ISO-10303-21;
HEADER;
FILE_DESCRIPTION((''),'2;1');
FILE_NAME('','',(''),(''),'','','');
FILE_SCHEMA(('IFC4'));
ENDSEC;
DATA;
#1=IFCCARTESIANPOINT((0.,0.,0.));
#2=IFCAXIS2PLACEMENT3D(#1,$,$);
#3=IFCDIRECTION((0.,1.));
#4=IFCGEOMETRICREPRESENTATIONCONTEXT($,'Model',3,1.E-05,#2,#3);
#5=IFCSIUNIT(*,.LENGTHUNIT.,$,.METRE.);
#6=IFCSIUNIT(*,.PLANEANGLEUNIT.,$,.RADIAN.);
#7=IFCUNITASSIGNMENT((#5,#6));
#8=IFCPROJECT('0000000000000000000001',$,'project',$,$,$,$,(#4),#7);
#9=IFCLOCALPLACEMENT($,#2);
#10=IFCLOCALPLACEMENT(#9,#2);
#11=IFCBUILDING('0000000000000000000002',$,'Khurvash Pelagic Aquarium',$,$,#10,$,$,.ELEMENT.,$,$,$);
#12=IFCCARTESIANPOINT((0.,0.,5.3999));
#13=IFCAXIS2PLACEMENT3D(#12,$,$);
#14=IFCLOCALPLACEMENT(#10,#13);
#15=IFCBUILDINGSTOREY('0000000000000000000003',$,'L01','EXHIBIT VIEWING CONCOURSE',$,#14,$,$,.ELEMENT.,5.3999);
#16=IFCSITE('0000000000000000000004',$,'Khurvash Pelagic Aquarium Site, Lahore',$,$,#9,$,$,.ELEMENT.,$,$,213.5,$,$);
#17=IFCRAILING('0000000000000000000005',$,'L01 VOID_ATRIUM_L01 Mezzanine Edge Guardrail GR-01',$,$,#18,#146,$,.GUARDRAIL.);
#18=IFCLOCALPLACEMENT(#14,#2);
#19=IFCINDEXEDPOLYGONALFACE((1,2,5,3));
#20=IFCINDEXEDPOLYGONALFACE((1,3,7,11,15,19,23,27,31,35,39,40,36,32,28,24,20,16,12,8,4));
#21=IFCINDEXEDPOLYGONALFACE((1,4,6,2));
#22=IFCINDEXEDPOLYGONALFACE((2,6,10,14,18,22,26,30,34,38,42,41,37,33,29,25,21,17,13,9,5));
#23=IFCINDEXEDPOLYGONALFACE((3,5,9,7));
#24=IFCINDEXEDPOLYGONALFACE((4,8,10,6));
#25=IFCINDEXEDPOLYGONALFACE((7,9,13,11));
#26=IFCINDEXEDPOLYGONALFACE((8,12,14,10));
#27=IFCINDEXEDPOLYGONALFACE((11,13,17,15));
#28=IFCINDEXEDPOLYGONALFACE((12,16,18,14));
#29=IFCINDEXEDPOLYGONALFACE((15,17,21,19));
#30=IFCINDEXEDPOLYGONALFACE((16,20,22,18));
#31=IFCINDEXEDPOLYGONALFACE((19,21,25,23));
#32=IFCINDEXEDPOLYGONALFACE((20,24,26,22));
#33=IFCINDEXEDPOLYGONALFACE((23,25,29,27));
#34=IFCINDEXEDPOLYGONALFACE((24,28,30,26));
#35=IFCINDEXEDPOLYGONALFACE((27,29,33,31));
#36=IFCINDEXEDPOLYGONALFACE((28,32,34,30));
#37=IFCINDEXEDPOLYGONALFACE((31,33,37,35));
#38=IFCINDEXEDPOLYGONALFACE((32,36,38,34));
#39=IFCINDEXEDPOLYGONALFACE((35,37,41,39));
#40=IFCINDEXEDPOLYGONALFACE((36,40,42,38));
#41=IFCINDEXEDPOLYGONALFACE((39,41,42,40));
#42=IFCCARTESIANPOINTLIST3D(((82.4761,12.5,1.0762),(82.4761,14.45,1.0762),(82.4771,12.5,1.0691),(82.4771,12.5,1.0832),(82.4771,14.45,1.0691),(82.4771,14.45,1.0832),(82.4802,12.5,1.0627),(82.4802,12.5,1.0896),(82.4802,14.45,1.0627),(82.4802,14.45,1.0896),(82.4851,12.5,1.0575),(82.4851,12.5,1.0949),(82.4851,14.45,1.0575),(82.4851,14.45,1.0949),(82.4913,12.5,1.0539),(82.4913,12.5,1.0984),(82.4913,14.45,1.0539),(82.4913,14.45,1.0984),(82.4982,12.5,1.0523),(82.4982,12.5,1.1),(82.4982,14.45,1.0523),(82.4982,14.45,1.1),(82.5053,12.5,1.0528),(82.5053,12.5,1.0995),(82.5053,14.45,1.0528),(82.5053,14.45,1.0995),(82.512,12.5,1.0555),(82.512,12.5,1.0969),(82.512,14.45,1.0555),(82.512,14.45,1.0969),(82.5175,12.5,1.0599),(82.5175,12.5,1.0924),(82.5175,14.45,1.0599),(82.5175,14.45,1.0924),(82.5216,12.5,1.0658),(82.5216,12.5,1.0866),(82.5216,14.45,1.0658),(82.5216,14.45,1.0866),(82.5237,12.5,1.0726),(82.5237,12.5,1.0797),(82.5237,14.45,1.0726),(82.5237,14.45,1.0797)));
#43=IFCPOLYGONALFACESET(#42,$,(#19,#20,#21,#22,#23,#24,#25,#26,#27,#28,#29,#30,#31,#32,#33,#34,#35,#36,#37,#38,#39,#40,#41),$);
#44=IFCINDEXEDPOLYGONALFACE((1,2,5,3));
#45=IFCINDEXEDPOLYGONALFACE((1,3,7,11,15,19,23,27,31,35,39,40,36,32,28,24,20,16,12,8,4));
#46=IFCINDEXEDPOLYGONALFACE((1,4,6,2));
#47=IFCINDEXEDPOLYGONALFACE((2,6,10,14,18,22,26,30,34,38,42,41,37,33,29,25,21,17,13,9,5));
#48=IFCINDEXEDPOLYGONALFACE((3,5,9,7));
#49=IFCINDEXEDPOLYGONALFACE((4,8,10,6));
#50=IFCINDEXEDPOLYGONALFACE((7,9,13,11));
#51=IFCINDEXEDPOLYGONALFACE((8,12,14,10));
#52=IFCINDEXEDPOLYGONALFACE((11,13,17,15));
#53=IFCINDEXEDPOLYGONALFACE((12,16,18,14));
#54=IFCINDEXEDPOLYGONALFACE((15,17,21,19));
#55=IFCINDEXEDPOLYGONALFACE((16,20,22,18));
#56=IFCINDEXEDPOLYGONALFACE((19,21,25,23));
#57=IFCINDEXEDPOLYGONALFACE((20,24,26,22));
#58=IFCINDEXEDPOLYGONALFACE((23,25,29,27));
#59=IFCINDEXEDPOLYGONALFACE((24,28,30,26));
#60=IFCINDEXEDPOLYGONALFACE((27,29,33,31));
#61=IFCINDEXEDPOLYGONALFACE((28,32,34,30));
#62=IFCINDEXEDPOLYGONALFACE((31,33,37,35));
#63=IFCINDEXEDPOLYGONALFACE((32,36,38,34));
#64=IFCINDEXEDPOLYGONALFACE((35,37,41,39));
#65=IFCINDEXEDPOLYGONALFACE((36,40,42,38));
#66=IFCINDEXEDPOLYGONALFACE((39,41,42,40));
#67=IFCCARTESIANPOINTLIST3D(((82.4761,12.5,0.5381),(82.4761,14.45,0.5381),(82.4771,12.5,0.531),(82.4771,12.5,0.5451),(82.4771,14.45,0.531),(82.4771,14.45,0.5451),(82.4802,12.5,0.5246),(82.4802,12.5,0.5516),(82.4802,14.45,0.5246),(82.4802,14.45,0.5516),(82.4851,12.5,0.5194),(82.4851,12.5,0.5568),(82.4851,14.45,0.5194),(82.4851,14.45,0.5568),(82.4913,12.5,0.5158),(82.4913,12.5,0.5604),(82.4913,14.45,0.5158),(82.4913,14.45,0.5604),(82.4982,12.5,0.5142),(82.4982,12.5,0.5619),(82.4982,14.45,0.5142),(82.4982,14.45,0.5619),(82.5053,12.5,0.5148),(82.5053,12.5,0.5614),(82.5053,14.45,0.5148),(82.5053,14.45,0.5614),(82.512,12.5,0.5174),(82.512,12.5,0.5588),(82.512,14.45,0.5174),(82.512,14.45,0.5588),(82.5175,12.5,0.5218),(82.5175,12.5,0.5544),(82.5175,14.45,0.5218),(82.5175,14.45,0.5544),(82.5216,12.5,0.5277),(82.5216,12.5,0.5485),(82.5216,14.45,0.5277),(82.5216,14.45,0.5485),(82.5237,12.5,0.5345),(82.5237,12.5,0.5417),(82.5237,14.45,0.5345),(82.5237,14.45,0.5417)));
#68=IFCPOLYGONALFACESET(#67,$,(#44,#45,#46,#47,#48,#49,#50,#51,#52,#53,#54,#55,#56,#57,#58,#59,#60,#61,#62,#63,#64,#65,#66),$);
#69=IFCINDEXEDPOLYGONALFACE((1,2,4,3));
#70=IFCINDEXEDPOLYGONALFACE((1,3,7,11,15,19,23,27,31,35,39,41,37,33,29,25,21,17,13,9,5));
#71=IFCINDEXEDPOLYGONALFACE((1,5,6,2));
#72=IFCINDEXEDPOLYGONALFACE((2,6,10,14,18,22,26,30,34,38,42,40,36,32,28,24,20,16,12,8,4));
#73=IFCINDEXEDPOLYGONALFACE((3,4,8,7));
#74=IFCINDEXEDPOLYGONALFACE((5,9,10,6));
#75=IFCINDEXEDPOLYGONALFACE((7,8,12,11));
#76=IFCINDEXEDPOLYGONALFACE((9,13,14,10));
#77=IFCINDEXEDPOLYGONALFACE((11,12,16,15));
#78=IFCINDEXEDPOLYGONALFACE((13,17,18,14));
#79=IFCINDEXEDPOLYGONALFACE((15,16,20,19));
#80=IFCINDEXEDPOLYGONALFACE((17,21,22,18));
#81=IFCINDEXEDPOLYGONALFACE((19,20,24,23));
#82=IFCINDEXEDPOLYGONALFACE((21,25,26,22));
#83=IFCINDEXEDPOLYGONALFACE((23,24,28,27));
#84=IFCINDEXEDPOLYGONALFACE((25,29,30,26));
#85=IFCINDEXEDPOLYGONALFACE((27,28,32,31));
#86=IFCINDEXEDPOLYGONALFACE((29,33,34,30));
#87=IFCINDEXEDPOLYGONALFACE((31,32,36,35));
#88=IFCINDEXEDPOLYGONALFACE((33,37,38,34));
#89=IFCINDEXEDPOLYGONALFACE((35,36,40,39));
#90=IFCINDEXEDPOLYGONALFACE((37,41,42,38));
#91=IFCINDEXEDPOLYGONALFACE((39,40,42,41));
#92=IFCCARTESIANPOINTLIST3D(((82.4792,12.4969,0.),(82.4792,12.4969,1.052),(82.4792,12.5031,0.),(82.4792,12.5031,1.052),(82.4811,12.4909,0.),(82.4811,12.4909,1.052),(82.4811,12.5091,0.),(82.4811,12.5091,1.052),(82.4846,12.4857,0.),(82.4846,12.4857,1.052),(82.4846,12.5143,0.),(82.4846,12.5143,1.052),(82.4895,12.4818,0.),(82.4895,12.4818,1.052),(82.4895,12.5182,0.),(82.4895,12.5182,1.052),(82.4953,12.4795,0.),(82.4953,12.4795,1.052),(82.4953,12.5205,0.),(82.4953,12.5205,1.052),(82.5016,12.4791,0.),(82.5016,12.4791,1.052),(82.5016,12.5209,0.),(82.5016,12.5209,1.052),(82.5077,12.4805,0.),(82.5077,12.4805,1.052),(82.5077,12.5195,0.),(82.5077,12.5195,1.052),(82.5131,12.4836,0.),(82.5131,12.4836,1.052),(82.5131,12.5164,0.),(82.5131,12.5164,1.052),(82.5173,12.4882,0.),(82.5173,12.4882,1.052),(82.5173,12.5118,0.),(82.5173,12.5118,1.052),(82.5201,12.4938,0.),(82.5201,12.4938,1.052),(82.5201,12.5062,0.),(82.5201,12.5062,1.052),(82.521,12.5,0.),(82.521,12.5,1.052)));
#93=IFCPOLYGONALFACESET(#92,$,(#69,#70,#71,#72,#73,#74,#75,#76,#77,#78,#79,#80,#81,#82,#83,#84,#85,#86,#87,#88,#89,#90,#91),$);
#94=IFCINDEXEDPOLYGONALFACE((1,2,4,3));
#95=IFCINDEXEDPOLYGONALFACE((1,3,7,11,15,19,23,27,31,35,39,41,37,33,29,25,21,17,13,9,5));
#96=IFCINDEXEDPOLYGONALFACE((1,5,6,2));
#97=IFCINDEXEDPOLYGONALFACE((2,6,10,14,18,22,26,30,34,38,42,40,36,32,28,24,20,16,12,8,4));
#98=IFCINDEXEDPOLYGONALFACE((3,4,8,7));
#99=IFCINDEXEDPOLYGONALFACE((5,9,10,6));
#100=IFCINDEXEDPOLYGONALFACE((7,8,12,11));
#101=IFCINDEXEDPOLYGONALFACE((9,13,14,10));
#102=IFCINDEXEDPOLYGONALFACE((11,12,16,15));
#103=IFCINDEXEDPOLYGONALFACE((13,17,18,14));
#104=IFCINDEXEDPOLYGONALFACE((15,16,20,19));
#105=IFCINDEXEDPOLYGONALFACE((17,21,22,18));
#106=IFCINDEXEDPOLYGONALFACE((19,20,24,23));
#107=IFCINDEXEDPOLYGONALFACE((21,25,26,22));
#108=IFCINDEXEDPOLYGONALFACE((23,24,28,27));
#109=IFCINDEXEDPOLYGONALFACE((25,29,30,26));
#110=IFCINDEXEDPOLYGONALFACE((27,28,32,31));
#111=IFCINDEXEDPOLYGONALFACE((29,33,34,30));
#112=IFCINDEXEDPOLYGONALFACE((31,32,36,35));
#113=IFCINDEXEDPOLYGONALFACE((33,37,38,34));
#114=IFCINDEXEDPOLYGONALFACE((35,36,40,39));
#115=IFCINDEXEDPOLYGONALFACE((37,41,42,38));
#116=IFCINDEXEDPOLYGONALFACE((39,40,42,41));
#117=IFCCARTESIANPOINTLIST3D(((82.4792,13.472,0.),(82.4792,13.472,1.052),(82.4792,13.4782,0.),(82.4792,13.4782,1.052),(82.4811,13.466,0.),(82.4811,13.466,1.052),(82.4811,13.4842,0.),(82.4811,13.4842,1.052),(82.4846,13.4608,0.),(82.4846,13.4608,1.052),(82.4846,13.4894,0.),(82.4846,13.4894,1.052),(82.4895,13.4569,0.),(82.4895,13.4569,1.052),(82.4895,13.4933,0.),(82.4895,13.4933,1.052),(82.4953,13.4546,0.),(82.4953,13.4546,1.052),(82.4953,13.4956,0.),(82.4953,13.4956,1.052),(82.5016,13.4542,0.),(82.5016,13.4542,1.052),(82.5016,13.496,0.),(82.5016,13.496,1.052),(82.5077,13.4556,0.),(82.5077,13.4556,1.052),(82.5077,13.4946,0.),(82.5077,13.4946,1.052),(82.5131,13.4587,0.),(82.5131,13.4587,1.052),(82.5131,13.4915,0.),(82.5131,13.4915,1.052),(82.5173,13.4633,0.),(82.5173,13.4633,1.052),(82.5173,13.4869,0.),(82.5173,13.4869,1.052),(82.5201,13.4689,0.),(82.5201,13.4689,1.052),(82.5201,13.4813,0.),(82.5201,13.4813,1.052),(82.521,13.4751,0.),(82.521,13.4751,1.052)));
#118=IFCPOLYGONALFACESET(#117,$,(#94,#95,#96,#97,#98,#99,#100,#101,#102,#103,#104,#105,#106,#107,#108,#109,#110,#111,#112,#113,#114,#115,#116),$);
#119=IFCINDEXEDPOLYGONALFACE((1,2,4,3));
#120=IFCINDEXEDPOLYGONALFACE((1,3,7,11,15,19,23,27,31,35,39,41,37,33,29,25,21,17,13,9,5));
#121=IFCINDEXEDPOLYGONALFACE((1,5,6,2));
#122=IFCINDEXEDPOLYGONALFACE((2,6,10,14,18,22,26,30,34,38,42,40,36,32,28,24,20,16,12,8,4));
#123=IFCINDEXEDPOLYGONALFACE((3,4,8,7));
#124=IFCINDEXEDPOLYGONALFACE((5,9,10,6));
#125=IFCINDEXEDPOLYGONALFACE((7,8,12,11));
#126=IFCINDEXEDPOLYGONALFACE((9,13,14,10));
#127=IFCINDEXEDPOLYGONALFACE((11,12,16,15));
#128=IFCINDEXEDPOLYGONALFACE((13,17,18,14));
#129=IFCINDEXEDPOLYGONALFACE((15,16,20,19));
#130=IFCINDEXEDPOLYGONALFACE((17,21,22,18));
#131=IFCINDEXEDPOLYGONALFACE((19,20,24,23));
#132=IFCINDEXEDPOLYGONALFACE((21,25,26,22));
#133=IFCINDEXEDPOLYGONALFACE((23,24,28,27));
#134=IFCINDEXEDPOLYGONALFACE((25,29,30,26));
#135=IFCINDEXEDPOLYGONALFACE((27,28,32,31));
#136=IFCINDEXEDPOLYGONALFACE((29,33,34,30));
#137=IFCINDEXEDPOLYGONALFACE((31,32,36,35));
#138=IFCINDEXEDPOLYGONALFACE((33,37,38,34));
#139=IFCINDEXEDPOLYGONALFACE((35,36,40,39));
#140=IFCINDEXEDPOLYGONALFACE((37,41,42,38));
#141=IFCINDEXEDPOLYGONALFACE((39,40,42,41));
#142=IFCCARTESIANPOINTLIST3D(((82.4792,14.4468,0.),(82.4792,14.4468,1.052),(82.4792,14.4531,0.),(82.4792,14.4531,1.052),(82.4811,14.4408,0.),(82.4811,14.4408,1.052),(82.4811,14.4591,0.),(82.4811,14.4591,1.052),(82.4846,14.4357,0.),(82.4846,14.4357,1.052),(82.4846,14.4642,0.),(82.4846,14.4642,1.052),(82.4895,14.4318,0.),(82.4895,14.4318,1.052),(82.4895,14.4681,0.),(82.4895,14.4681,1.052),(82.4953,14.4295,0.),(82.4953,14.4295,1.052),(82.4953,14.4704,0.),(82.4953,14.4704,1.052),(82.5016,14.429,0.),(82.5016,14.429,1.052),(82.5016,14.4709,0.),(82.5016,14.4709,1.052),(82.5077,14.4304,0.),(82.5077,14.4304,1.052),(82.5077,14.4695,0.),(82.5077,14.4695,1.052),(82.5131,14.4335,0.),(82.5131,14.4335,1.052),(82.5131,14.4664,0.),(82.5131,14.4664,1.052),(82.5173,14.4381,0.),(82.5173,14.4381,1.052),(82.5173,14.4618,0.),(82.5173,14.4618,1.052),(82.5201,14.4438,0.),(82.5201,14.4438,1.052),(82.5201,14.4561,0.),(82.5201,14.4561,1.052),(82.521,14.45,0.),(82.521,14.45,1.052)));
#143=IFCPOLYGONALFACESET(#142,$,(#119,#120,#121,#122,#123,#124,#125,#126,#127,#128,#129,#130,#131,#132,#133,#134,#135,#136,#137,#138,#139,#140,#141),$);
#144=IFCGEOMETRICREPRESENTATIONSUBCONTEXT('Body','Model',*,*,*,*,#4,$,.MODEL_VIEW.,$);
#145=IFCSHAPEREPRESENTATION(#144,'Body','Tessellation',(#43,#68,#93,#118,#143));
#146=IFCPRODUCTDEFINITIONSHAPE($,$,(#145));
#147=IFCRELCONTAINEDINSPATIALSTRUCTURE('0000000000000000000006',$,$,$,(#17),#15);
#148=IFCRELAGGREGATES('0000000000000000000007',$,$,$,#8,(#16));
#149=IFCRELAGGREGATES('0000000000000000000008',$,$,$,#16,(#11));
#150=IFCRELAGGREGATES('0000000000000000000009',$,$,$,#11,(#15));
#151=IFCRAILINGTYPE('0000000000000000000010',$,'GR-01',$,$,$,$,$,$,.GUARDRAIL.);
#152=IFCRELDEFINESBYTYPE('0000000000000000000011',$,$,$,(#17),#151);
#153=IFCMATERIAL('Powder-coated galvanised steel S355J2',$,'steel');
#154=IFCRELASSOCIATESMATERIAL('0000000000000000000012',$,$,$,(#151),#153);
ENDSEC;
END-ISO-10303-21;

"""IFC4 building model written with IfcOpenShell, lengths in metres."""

from ifc_helpers import new_model, si_unit, direction, frame, origin, origin_2d, place, context, subcontext, project, spatial, circle, extrude, material, type_object, element, save


model = new_model("IFC4")

# Units and contexts
model_context = context("Model", 3, precision=1e-05, world=origin(), true_north=direction((0.0, 1.0)))
body_context = subcontext(model_context, "Body", "Model", "MODEL_VIEW")
ifc_project = project(units=[si_unit("LENGTHUNIT", "METRE"), si_unit("PLANEANGLEUNIT", "RADIAN")], contexts=[model_context])

# Site, building, storey
site_placement = place(None, origin())
site = spatial("IfcSite", under=ifc_project, at=site_placement, Name="Khurvash Pelagic Aquarium Site, Lahore", CompositionType="ELEMENT", RefElevation=213.5)
building_placement = place(site_placement, origin())
building = spatial("IfcBuilding", under=site, at=building_placement, Name="Khurvash Pelagic Aquarium", CompositionType="ELEMENT")
storey_placement = place(building_placement, frame((0.0, 0.0, 5.3999)))
storey = spatial("IfcBuildingStorey", under=building, at=storey_placement, Name="L01", Description="EXHIBIT VIEWING CONCOURSE", CompositionType="ELEMENT", Elevation=5.3999)

# Railing
ifc_material_1 = material(Name="Powder-coated galvanised steel S355J2", Category="steel")
railing_type = type_object("IfcRailingType", Name="GR-01", PredefinedType="GUARDRAIL", material=ifc_material_1)
railing_1_placement = place(storey_placement, frame((82.5, 12.5, 0.0)))
element("IfcRailing", 1, at=railing_1_placement, inside=storey, type_object=railing_type, Name="L01 VOID_ATRIUM_L01 Mezzanine Edge Guardrail GR-01", PredefinedType="GUARDRAIL", context=body_context, shape_type="SweptSolid", body=[
    extrude(circle(Radius=0.0239, at=origin_2d()), frame((0.0, 0.0, 1.0762), z_axis=(0.0, 1.0, 0.0), x_axis=(-1.0, 0.0, 0.0)), (0.0, 0.0, 1.0), 1.95),
    extrude(circle(Radius=0.0239, at=origin_2d()), frame((0.0, 0.0, 0.5381), z_axis=(0.0, 1.0, 0.0), x_axis=(-1.0, 0.0, 0.0)), (0.0, 0.0, 1.0), 1.95),
    extrude(circle(Radius=0.021, at=origin_2d()), origin(), (0.0, 0.0, 1.0), 1.052),
    extrude(circle(Radius=0.021, at=origin_2d()), frame((0.0, 0.9751, 0.0)), (0.0, 0.0, 1.0), 1.052),
    extrude(circle(Radius=0.021, at=origin_2d()), frame((0.0, 1.95, 0.0)), (0.0, 0.0, 1.0), 1.052),
])

save(model, "model.ifc")
